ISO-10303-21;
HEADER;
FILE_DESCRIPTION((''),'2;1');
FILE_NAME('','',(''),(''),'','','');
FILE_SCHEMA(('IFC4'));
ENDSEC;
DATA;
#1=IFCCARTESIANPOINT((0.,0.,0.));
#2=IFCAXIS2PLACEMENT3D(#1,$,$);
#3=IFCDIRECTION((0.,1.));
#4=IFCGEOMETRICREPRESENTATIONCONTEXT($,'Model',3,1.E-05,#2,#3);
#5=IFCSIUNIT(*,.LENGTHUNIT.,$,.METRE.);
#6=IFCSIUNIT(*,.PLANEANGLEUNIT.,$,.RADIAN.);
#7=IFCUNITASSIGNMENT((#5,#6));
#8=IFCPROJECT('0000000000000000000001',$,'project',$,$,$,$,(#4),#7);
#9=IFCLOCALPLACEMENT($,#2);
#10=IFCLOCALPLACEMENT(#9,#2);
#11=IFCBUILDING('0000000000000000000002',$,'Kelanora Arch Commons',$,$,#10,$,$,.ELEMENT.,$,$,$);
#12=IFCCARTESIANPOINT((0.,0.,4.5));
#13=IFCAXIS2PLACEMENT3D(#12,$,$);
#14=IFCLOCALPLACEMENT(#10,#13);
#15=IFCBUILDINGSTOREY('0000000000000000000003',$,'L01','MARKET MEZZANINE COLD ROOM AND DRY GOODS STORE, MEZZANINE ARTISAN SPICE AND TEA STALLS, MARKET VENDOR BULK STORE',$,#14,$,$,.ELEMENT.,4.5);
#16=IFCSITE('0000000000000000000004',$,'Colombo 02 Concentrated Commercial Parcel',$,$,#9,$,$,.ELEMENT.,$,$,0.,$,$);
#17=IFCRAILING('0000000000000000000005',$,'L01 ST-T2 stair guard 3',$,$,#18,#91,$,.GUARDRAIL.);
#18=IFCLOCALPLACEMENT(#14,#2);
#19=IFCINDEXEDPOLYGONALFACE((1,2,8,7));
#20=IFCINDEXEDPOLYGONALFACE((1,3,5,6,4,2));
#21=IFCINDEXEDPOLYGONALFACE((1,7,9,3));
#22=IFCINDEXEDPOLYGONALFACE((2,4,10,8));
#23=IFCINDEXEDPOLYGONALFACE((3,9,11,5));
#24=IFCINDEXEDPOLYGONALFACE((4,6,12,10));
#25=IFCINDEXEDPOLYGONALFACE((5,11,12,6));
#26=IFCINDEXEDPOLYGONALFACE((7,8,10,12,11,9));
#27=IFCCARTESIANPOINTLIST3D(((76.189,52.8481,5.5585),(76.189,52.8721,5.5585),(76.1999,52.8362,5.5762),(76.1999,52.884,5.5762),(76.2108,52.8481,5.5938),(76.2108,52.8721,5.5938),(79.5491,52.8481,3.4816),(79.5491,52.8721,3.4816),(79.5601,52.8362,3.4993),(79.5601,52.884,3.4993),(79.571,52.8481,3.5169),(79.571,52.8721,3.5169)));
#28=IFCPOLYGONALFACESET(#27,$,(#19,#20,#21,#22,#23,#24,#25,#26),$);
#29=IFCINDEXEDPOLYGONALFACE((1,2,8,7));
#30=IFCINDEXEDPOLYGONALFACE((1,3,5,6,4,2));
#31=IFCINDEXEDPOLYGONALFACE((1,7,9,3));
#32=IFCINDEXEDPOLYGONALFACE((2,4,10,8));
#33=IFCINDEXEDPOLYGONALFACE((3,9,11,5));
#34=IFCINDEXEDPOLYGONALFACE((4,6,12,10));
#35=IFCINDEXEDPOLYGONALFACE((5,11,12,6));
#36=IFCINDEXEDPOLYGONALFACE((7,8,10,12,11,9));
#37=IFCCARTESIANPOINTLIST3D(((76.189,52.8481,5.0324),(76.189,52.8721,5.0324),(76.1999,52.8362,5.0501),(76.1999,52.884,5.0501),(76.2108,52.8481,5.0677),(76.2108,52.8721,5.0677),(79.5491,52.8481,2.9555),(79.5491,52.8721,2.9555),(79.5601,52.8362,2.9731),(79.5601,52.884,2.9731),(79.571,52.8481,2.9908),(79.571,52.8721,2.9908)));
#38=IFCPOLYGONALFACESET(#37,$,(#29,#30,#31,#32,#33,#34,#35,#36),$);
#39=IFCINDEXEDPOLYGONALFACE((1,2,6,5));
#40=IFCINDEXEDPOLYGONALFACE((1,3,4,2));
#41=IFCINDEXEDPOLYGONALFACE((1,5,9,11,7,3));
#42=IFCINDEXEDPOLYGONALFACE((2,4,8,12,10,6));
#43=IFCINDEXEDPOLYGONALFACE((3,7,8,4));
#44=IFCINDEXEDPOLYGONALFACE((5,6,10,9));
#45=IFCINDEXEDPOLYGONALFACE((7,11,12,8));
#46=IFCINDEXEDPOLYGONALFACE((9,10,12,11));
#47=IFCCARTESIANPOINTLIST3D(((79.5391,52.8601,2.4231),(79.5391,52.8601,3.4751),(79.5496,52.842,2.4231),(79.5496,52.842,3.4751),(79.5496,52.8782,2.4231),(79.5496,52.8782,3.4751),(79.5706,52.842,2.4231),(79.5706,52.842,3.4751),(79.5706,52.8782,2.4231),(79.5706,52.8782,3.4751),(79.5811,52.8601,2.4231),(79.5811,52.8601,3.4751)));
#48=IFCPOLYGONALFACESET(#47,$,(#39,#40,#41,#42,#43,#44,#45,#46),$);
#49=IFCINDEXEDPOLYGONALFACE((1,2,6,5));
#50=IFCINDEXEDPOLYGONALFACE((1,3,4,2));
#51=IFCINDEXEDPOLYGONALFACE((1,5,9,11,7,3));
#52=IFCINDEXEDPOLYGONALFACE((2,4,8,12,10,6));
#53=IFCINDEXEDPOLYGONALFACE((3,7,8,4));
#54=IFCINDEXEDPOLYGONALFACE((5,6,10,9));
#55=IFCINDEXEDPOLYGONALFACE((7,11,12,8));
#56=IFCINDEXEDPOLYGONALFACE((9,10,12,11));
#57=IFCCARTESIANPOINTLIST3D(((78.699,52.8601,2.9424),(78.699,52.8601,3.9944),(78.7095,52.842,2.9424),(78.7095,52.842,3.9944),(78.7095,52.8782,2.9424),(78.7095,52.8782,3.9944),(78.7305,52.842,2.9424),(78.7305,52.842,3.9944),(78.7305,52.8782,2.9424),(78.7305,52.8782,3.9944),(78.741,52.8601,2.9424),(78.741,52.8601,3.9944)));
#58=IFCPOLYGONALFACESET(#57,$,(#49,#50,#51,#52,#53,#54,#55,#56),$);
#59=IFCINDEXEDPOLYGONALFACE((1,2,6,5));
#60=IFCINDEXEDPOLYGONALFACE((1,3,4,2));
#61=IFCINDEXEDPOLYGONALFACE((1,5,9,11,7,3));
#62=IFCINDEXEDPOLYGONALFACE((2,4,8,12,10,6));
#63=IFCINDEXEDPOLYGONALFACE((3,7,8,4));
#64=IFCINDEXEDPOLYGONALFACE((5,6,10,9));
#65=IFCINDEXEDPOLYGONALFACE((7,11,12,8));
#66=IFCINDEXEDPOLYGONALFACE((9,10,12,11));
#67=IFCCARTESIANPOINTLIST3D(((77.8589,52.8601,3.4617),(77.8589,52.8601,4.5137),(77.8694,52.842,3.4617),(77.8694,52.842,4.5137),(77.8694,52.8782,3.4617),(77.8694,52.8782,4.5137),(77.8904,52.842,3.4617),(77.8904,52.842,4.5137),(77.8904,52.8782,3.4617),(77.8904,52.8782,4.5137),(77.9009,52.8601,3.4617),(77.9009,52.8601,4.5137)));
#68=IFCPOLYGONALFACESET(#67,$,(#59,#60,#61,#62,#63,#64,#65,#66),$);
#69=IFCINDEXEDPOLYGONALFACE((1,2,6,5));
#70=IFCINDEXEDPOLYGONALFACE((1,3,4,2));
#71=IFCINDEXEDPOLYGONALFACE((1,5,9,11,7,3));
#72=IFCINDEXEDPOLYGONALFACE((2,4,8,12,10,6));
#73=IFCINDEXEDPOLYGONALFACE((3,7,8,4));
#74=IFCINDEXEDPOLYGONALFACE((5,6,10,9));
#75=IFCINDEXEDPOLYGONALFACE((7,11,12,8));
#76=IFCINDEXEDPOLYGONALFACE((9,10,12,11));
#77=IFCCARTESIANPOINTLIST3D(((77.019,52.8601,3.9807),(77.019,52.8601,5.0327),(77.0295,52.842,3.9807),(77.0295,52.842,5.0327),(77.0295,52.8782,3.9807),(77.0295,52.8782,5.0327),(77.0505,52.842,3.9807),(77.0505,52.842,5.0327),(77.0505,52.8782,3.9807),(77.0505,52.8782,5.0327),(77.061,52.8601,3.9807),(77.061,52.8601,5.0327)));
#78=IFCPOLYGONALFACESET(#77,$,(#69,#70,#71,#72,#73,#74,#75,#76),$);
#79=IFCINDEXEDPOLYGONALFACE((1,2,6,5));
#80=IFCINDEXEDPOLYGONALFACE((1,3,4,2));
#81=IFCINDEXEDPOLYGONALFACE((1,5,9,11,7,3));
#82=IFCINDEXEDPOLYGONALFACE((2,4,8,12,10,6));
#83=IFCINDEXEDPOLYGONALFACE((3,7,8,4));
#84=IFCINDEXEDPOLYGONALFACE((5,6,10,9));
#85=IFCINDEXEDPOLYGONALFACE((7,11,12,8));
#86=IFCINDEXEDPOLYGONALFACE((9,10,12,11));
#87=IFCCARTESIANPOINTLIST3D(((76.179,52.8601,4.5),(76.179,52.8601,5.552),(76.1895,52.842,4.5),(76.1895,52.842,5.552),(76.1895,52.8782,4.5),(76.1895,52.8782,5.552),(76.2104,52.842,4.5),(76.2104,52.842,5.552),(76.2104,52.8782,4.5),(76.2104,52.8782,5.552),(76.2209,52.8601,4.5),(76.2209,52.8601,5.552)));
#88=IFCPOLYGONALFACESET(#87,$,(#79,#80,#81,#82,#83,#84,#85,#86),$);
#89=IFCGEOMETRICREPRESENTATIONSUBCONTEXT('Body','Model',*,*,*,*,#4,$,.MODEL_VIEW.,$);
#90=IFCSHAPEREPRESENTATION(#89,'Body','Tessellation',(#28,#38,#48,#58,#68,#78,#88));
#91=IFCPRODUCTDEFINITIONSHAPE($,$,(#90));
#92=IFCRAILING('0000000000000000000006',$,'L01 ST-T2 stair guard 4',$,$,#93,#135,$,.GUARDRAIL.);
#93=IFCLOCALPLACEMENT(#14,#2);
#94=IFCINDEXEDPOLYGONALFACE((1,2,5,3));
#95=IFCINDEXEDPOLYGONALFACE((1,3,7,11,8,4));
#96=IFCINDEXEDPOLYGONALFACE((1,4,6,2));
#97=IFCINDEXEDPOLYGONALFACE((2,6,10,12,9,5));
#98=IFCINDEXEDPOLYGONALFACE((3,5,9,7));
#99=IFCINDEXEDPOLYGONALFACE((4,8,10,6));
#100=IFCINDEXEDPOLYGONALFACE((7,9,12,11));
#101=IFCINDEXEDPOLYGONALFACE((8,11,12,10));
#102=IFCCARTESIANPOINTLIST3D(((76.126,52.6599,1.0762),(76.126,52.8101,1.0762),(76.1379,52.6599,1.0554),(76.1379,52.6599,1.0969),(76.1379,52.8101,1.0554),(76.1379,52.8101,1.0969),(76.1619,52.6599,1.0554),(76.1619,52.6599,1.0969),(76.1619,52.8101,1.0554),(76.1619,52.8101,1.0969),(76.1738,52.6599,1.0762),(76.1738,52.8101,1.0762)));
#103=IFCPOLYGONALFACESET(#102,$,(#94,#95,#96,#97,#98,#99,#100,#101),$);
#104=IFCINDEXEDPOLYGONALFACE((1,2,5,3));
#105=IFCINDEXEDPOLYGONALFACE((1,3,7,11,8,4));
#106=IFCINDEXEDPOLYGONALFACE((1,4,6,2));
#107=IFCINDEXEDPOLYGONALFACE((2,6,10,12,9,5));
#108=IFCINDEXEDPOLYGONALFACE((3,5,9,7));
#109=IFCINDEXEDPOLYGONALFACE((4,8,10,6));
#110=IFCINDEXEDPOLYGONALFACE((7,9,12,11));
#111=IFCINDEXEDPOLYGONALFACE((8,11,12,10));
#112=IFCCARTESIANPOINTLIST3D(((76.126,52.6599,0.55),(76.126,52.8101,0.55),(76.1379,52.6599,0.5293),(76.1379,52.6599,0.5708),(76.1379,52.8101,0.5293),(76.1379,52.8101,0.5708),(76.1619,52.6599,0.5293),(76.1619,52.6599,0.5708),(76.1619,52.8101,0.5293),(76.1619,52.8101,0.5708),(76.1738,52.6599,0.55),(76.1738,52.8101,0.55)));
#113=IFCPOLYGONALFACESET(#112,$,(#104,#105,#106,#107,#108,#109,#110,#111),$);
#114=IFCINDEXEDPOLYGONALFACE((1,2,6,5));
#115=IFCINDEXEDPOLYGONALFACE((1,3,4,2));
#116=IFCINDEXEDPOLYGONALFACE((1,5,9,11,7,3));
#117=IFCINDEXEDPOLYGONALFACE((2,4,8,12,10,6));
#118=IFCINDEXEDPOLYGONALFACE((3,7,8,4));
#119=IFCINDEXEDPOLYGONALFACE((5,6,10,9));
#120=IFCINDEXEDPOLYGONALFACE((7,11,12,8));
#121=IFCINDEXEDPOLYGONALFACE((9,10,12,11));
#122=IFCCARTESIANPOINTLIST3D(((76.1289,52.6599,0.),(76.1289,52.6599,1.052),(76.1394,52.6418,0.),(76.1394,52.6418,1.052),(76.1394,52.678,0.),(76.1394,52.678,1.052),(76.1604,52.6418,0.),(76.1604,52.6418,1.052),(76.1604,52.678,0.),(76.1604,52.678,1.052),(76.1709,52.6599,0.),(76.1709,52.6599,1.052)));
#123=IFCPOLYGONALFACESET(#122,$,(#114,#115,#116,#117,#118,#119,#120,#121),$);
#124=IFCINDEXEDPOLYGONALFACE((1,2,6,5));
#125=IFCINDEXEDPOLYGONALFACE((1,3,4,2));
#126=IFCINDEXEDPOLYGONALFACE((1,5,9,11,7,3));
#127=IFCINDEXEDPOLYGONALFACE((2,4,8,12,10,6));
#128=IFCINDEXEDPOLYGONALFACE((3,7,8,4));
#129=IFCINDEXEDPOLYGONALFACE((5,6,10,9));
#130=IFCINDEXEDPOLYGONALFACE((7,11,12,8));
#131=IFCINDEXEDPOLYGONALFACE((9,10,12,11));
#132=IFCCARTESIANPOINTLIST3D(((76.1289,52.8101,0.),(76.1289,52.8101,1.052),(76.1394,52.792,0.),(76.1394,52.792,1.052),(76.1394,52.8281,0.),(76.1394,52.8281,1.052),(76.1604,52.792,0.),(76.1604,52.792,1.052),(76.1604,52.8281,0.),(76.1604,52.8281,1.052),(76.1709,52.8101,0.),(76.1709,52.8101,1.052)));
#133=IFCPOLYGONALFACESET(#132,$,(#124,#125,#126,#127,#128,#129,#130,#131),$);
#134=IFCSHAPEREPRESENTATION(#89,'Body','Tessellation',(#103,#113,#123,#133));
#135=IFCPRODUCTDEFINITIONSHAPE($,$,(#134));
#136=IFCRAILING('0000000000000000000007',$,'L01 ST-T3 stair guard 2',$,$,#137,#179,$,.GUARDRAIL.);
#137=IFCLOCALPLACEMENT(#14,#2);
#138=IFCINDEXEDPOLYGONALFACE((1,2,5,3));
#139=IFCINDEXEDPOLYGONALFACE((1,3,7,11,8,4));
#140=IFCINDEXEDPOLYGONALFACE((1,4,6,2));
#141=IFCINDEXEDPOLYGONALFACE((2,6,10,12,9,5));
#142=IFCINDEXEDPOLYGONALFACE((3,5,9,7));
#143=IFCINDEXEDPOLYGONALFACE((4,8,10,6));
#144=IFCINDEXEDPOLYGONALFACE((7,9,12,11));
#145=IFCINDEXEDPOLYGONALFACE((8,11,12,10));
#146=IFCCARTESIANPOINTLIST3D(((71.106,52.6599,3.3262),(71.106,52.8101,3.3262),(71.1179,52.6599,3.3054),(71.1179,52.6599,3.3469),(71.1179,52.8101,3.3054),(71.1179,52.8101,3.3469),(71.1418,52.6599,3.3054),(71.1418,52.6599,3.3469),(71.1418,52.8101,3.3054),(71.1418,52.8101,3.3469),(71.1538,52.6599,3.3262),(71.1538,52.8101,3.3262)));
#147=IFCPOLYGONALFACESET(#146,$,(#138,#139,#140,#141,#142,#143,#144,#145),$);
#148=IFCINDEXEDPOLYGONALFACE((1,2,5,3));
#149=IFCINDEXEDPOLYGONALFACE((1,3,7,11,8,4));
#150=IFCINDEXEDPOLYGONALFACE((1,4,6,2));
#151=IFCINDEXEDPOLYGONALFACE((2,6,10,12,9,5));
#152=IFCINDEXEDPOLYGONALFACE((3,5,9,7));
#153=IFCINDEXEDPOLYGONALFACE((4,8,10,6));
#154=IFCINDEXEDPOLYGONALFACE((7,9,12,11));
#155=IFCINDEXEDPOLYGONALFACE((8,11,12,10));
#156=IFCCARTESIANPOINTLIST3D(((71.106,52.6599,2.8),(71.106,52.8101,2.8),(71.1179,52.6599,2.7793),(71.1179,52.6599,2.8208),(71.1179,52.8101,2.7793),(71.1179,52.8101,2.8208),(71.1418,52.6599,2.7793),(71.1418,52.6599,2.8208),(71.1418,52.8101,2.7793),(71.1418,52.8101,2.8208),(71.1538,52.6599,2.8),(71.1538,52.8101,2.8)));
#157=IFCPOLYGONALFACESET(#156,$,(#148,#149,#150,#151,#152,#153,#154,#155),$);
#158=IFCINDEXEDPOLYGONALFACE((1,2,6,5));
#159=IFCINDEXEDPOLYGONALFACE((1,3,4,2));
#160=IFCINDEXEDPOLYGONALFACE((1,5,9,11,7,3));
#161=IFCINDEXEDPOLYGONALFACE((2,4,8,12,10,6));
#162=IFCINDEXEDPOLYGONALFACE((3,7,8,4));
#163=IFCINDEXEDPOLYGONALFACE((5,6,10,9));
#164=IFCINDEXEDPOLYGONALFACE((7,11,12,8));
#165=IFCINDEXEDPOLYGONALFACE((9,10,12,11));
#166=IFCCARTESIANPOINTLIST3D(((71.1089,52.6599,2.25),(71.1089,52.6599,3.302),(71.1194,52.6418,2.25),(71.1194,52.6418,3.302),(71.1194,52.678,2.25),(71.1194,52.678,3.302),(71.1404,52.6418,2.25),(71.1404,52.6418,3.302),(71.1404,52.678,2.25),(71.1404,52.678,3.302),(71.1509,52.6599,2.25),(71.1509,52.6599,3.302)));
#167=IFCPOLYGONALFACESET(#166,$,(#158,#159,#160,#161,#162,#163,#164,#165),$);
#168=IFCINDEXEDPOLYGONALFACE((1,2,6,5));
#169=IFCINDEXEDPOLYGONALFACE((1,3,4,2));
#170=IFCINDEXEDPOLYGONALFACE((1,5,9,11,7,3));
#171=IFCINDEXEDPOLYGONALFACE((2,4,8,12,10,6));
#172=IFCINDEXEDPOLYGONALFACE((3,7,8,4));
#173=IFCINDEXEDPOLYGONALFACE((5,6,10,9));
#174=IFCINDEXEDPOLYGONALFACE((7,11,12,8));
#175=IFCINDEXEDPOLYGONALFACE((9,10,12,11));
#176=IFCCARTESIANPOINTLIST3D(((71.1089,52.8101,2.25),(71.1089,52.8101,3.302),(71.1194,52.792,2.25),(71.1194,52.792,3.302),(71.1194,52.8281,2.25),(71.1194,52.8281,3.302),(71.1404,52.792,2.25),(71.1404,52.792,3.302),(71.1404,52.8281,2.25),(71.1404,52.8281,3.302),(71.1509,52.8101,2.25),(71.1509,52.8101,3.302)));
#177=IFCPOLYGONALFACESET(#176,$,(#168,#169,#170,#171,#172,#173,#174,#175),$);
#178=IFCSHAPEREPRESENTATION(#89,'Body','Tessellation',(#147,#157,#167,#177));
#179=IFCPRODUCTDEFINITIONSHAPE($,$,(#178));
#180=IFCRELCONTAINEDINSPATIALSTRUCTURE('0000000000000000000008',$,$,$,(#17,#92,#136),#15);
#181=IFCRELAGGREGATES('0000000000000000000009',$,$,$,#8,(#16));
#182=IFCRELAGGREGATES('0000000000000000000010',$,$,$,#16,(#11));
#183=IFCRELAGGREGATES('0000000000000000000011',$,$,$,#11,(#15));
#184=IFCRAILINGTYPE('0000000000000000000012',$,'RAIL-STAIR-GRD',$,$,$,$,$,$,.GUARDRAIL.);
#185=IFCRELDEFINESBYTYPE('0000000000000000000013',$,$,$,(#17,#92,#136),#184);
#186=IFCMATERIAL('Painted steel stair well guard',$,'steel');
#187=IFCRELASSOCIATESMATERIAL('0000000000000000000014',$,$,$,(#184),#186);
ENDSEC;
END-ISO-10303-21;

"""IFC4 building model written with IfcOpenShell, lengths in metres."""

from ifc_helpers import new_model, si_unit, direction, frame, origin, place, context, subcontext, project, spatial, polyline, outline, extrude, material, type_object, element, save


model = new_model("IFC4")

# Units and contexts
model_context = context("Model", 3, precision=1e-05, world=origin(), true_north=direction((0.0, 1.0)))
body_context = subcontext(model_context, "Body", "Model", "MODEL_VIEW")
ifc_project = project(units=[si_unit("LENGTHUNIT", "METRE"), si_unit("PLANEANGLEUNIT", "RADIAN")], contexts=[model_context])

# Site, building, storey
site_placement = place(None, origin())
site = spatial("IfcSite", under=ifc_project, at=site_placement, Name="Colombo 02 Concentrated Commercial Parcel", CompositionType="ELEMENT", RefElevation=0.0)
building_placement = place(site_placement, origin())
building = spatial("IfcBuilding", under=site, at=building_placement, Name="Kelanora Arch Commons", CompositionType="ELEMENT")
storey_placement = place(building_placement, frame((0.0, 0.0, 4.5)))
storey = spatial("IfcBuildingStorey", under=building, at=storey_placement, Name="L01", Description="MARKET MEZZANINE COLD ROOM AND DRY GOODS STORE, MEZZANINE ARTISAN SPICE AND TEA STALLS, MARKET VENDOR BULK STORE", CompositionType="ELEMENT", Elevation=4.5)

# Railings
ifc_material_1 = material(Name="Painted steel stair well guard", Category="steel")
railing_type_1 = type_object("IfcRailingType", Name="RAIL-STAIR-GRD", PredefinedType="GUARDRAIL", material=ifc_material_1)
railing_1_placement = place(storey_placement, frame((79.5601, 52.8601, 2.4231)))
element("IfcRailing", 1, at=railing_1_placement, inside=storey, type_object=railing_type_1, Name="L01 ST-T2 stair guard 3", PredefinedType="GUARDRAIL", context=body_context, shape_type="SweptSolid", body=[
    extrude(outline(polyline([(0.0239, 0.0), (0.012, 0.0208), (-0.012, 0.0208), (-0.0239, 0.0), (-0.012, -0.0208), (0.012, -0.0208), (0.0239, 0.0)])), frame((0.0, 0.0, 1.0762), z_axis=(-0.850623, 0.0, 0.525776), x_axis=(0.0, -1.0, 0.0)), (0.0, 0.0, 1.0), 3.9502),
    extrude(outline(polyline([(0.0239, 0.0), (0.012, 0.0208), (-0.012, 0.0208), (-0.0239, 0.0), (-0.012, -0.0208), (0.012, -0.0208), (0.0239, 0.0)])), frame((0.0, 0.0, 0.55), z_axis=(-0.850623, 0.0, 0.525776), x_axis=(0.0, -1.0, 0.0)), (0.0, 0.0, 1.0), 3.9502),
    extrude(outline(polyline([(0.021, 0.0), (0.0105, 0.0181), (-0.0105, 0.0181), (-0.021, 0.0), (-0.0105, -0.0181), (0.0105, -0.0181), (0.021, 0.0)])), origin(), (0.0, 0.0, 1.0), 1.052),
    extrude(outline(polyline([(0.021, 0.0), (0.0105, 0.0181), (-0.0105, 0.0181), (-0.021, 0.0), (-0.0105, -0.0181), (0.0105, -0.0181), (0.021, 0.0)])), frame((-0.8401, 0.0, 0.5193)), (0.0, 0.0, 1.0), 1.052),
    extrude(outline(polyline([(0.021, 0.0), (0.0105, 0.0181), (-0.0105, 0.0181), (-0.021, 0.0), (-0.0105, -0.0181), (0.0105, -0.0181), (0.021, 0.0)])), frame((-1.6802, 0.0, 1.0386)), (0.0, 0.0, 1.0), 1.052),
    extrude(outline(polyline([(0.021, 0.0), (0.0105, 0.0181), (-0.0105, 0.0181), (-0.021, 0.0), (-0.0105, -0.0181), (0.0105, -0.0181), (0.021, 0.0)])), frame((-2.52, 0.0, 1.5576)), (0.0, 0.0, 1.0), 1.052),
    extrude(outline(polyline([(0.021, 0.0), (0.0105, 0.0181), (-0.0105, 0.0181), (-0.021, 0.0), (-0.0105, -0.0181), (0.0105, -0.0181), (0.021, 0.0)])), frame((-3.3601, 0.0, 2.0769)), (0.0, 0.0, 1.0), 1.052),
])
for number, where, name in (
    (2, (76.1499, 52.6599, 0.0), "L01 ST-T2 stair guard 4"),
    (3, (71.1299, 52.6599, 2.25), "L01 ST-T3 stair guard 2"),
):
    element("IfcRailing", number, at=place(storey_placement, frame(where)), inside=storey, type_object=railing_type_1, Name=name, PredefinedType="GUARDRAIL", context=body_context, shape_type="SweptSolid", body=[
        extrude(outline(polyline([(0.0239, 0.0), (0.012, 0.0208), (-0.012, 0.0208), (-0.0239, 0.0), (-0.012, -0.0208), (0.012, -0.0208), (0.0239, 0.0)])), frame((0.0, 0.0, 1.0762), z_axis=(0.0, 1.0, 0.0), x_axis=(-1.0, 0.0, 0.0)), (0.0, 0.0, 1.0), 0.1501),
        extrude(outline(polyline([(0.0239, 0.0), (0.012, 0.0208), (-0.012, 0.0208), (-0.0239, 0.0), (-0.012, -0.0208), (0.012, -0.0208), (0.0239, 0.0)])), frame((0.0, 0.0, 0.55), z_axis=(0.0, 1.0, 0.0), x_axis=(-1.0, 0.0, 0.0)), (0.0, 0.0, 1.0), 0.1501),
        extrude(outline(polyline([(0.021, 0.0), (0.0105, 0.0181), (-0.0105, 0.0181), (-0.021, 0.0), (-0.0105, -0.0181), (0.0105, -0.0181), (0.021, 0.0)])), origin(), (0.0, 0.0, 1.0), 1.052),
        extrude(outline(polyline([(0.021, 0.0), (0.0105, 0.0181), (-0.0105, 0.0181), (-0.021, 0.0), (-0.0105, -0.0181), (0.0105, -0.0181), (0.021, 0.0)])), frame((0.0, 0.1501, 0.0)), (0.0, 0.0, 1.0), 1.052),
    ])

save(model, "model.ifc")
